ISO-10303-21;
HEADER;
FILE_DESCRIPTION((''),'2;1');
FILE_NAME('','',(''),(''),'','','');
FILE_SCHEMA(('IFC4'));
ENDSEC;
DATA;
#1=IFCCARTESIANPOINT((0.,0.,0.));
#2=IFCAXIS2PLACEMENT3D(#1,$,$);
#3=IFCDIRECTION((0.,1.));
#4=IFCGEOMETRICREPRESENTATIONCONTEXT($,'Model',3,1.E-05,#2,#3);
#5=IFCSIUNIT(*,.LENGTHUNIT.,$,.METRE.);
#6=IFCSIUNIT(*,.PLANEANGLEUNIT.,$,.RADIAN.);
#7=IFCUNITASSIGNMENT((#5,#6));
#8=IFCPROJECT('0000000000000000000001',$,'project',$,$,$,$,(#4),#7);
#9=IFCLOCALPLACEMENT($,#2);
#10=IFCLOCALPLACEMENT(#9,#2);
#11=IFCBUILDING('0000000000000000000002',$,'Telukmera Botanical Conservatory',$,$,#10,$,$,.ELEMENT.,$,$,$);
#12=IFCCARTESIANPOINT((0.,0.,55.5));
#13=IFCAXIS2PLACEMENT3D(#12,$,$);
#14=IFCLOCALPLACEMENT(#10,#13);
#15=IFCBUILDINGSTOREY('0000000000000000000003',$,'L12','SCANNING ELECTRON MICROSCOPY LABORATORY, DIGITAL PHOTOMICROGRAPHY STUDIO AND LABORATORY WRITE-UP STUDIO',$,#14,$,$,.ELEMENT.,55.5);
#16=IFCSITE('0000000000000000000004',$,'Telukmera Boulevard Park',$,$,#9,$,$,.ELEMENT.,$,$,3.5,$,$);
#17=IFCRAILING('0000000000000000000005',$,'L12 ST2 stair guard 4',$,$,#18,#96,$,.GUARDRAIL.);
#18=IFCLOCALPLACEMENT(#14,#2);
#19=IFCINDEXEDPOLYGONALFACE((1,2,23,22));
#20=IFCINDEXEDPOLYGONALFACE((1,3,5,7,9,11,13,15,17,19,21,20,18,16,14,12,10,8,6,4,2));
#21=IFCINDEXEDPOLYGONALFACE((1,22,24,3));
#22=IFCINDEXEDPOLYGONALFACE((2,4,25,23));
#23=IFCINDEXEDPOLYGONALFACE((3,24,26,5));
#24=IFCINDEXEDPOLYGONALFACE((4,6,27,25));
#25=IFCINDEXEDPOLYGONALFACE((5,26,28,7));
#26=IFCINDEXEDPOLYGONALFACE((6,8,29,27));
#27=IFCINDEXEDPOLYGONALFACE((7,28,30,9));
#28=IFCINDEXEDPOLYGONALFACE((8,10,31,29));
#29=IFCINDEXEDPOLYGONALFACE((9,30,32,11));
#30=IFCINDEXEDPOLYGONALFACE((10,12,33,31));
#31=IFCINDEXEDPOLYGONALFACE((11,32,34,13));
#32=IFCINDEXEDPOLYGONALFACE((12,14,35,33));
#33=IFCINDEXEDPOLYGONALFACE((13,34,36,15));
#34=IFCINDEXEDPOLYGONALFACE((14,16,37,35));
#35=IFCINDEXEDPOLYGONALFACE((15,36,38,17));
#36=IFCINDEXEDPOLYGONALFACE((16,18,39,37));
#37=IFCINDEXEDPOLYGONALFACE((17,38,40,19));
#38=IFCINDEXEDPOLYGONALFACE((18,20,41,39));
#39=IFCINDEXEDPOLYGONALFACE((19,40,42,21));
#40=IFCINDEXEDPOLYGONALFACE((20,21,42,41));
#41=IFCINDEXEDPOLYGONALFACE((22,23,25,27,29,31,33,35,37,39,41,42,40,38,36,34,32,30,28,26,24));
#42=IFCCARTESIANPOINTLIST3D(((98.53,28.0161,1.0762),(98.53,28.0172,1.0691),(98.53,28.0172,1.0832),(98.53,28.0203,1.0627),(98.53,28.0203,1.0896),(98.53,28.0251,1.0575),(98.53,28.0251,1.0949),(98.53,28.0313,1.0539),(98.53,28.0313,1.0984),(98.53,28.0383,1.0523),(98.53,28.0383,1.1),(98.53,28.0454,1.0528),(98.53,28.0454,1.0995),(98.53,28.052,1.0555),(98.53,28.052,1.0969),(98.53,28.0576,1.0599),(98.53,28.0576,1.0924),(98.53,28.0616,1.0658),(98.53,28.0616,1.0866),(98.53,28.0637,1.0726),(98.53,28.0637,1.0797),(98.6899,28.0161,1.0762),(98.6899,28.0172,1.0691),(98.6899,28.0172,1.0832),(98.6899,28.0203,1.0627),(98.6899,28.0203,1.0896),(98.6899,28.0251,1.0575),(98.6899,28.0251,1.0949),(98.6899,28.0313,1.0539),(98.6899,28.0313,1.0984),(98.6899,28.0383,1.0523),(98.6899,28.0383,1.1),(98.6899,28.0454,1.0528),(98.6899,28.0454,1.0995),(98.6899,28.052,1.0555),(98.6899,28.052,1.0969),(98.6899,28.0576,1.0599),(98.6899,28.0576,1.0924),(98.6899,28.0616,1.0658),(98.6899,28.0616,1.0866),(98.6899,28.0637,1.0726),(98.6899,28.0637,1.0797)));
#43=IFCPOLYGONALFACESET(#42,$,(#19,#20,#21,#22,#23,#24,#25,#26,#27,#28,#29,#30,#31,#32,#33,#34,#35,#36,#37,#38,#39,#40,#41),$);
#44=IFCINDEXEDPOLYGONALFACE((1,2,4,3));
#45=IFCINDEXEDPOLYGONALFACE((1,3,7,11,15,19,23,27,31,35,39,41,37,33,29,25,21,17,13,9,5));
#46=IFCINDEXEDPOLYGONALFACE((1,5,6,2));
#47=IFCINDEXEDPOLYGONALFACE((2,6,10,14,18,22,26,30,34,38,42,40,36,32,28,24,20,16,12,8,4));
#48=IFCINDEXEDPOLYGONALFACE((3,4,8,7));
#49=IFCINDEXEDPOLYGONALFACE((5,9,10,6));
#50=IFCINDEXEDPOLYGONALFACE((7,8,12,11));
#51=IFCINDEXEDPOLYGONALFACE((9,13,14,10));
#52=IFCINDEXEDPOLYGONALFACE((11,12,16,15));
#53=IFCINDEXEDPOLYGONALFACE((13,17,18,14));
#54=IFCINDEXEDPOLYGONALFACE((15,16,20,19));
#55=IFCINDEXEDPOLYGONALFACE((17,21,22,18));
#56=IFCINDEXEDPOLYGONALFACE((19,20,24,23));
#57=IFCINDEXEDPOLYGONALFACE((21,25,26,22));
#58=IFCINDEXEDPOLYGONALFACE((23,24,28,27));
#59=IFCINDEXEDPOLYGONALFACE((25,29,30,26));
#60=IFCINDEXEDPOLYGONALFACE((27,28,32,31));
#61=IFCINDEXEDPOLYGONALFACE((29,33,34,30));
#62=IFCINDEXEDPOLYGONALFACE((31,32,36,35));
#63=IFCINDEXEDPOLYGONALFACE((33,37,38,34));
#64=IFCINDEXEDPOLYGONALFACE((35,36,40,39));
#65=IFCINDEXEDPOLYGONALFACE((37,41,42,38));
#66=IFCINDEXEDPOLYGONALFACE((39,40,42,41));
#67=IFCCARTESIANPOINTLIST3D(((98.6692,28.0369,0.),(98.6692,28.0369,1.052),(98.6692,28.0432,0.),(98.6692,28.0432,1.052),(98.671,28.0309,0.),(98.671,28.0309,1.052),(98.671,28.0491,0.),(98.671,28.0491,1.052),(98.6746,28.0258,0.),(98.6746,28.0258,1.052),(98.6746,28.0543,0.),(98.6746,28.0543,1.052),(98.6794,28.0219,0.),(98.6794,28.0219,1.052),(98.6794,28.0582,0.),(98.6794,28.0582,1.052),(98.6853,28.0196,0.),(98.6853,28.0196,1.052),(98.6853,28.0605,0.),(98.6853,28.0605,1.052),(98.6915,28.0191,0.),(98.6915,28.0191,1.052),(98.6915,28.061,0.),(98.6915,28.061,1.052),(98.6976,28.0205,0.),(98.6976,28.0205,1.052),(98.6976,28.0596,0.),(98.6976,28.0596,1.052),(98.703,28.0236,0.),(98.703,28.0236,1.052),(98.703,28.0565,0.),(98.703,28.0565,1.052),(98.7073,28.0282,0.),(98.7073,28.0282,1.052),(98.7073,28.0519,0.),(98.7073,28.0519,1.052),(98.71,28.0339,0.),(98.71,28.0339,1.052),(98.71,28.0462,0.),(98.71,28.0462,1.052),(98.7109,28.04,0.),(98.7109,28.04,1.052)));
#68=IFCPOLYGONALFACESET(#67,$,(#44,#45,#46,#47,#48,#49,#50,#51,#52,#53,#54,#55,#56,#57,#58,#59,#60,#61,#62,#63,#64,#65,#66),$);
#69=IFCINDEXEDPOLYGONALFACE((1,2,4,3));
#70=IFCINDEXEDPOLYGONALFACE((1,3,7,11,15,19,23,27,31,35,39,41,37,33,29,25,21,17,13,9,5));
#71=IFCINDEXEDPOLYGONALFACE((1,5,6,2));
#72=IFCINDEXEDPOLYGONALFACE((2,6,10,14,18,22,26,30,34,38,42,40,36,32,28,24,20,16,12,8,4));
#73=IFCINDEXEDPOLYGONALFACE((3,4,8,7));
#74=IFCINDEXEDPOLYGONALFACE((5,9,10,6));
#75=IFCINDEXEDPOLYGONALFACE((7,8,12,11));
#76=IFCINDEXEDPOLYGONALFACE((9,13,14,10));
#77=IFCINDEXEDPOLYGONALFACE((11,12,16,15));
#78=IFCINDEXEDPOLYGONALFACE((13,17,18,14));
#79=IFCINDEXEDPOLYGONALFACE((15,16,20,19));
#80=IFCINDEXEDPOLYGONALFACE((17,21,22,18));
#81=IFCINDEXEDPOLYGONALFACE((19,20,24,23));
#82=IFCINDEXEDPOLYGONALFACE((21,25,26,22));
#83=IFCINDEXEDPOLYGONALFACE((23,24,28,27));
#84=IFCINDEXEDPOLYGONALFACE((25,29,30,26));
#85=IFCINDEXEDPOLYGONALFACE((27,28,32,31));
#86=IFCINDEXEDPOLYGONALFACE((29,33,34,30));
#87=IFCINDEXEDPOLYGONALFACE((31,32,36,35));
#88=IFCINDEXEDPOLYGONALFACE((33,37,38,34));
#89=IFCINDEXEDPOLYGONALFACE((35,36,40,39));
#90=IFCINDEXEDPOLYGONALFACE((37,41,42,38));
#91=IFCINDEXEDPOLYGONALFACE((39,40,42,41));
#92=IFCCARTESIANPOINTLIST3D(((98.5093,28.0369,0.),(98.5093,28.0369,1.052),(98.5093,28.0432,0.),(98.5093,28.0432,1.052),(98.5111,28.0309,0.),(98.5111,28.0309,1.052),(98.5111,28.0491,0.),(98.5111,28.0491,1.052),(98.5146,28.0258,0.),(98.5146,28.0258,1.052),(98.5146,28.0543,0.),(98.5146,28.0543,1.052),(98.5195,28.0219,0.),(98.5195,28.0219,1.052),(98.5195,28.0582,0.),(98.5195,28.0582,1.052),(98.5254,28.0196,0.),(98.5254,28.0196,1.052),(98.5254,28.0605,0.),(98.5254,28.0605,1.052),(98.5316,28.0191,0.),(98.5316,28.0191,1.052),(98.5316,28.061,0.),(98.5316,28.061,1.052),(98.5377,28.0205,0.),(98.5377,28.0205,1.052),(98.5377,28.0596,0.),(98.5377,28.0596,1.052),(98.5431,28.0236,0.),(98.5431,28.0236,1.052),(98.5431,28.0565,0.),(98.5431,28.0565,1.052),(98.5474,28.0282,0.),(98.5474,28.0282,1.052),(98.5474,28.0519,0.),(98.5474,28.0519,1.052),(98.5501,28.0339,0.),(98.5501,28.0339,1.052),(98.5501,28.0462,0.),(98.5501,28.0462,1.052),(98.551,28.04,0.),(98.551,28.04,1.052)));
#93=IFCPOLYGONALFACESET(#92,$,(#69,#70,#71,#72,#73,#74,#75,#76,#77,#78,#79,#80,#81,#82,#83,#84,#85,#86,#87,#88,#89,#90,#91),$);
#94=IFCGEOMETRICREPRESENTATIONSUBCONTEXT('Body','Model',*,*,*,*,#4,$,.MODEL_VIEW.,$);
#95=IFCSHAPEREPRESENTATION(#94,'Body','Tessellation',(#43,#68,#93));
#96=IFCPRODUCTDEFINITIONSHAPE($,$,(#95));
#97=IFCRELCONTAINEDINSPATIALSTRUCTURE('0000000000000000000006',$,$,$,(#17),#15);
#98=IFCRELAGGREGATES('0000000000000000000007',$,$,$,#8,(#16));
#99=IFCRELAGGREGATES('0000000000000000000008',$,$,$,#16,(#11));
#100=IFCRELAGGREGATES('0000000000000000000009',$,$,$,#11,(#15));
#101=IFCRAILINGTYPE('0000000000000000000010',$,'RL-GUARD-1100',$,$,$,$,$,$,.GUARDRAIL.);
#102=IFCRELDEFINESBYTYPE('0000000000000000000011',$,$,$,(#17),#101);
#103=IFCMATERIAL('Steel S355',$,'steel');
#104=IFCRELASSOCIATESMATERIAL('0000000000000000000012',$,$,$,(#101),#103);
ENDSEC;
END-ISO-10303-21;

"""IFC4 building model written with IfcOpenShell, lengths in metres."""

from ifc_helpers import new_model, si_unit, direction, frame, origin, origin_2d, place, context, subcontext, project, spatial, circle, extrude, material, type_object, element, save


model = new_model("IFC4")

# Units and contexts
model_context = context("Model", 3, precision=1e-05, world=origin(), true_north=direction((0.0, 1.0)))
body_context = subcontext(model_context, "Body", "Model", "MODEL_VIEW")
ifc_project = project(units=[si_unit("LENGTHUNIT", "METRE"), si_unit("PLANEANGLEUNIT", "RADIAN")], contexts=[model_context])

# Site, building, storey
site_placement = place(None, origin())
site = spatial("IfcSite", under=ifc_project, at=site_placement, Name="Telukmera Boulevard Park", CompositionType="ELEMENT", RefElevation=3.5)
building_placement = place(site_placement, origin())
building = spatial("IfcBuilding", under=site, at=building_placement, Name="Telukmera Botanical Conservatory", CompositionType="ELEMENT")
storey_placement = place(building_placement, frame((0.0, 0.0, 55.5)))
storey = spatial("IfcBuildingStorey", under=building, at=storey_placement, Name="L12", Description="SCANNING ELECTRON MICROSCOPY LABORATORY, DIGITAL PHOTOMICROGRAPHY STUDIO AND LABORATORY WRITE-UP STUDIO", CompositionType="ELEMENT", Elevation=55.5)

# Railing
ifc_material_1 = material(Name="Steel S355", Category="steel")
railing_type_1 = type_object("IfcRailingType", Name="RL-GUARD-1100", PredefinedType="GUARDRAIL", material=ifc_material_1)
railing_1_placement = place(storey_placement, frame((98.6899, 28.04, 0.0)))
element("IfcRailing", 1, at=railing_1_placement, inside=storey, type_object=railing_type_1, Name="L12 ST2 stair guard 4", PredefinedType="GUARDRAIL", context=body_context, shape_type="SweptSolid", body=[
    extrude(circle(Radius=0.0239, at=origin_2d()), frame((0.0, 0.0, 1.0762), z_axis=(-1.0, 0.0, 0.0), x_axis=(0.0, -1.0, 0.0)), (0.0, 0.0, 1.0), 0.1599),
    extrude(circle(Radius=0.021, at=origin_2d()), origin(), (0.0, 0.0, 1.0), 1.052),
    extrude(circle(Radius=0.021, at=origin_2d()), frame((-0.1599, 0.0, 0.0)), (0.0, 0.0, 1.0), 1.052),
])

save(model, "model.ifc")
